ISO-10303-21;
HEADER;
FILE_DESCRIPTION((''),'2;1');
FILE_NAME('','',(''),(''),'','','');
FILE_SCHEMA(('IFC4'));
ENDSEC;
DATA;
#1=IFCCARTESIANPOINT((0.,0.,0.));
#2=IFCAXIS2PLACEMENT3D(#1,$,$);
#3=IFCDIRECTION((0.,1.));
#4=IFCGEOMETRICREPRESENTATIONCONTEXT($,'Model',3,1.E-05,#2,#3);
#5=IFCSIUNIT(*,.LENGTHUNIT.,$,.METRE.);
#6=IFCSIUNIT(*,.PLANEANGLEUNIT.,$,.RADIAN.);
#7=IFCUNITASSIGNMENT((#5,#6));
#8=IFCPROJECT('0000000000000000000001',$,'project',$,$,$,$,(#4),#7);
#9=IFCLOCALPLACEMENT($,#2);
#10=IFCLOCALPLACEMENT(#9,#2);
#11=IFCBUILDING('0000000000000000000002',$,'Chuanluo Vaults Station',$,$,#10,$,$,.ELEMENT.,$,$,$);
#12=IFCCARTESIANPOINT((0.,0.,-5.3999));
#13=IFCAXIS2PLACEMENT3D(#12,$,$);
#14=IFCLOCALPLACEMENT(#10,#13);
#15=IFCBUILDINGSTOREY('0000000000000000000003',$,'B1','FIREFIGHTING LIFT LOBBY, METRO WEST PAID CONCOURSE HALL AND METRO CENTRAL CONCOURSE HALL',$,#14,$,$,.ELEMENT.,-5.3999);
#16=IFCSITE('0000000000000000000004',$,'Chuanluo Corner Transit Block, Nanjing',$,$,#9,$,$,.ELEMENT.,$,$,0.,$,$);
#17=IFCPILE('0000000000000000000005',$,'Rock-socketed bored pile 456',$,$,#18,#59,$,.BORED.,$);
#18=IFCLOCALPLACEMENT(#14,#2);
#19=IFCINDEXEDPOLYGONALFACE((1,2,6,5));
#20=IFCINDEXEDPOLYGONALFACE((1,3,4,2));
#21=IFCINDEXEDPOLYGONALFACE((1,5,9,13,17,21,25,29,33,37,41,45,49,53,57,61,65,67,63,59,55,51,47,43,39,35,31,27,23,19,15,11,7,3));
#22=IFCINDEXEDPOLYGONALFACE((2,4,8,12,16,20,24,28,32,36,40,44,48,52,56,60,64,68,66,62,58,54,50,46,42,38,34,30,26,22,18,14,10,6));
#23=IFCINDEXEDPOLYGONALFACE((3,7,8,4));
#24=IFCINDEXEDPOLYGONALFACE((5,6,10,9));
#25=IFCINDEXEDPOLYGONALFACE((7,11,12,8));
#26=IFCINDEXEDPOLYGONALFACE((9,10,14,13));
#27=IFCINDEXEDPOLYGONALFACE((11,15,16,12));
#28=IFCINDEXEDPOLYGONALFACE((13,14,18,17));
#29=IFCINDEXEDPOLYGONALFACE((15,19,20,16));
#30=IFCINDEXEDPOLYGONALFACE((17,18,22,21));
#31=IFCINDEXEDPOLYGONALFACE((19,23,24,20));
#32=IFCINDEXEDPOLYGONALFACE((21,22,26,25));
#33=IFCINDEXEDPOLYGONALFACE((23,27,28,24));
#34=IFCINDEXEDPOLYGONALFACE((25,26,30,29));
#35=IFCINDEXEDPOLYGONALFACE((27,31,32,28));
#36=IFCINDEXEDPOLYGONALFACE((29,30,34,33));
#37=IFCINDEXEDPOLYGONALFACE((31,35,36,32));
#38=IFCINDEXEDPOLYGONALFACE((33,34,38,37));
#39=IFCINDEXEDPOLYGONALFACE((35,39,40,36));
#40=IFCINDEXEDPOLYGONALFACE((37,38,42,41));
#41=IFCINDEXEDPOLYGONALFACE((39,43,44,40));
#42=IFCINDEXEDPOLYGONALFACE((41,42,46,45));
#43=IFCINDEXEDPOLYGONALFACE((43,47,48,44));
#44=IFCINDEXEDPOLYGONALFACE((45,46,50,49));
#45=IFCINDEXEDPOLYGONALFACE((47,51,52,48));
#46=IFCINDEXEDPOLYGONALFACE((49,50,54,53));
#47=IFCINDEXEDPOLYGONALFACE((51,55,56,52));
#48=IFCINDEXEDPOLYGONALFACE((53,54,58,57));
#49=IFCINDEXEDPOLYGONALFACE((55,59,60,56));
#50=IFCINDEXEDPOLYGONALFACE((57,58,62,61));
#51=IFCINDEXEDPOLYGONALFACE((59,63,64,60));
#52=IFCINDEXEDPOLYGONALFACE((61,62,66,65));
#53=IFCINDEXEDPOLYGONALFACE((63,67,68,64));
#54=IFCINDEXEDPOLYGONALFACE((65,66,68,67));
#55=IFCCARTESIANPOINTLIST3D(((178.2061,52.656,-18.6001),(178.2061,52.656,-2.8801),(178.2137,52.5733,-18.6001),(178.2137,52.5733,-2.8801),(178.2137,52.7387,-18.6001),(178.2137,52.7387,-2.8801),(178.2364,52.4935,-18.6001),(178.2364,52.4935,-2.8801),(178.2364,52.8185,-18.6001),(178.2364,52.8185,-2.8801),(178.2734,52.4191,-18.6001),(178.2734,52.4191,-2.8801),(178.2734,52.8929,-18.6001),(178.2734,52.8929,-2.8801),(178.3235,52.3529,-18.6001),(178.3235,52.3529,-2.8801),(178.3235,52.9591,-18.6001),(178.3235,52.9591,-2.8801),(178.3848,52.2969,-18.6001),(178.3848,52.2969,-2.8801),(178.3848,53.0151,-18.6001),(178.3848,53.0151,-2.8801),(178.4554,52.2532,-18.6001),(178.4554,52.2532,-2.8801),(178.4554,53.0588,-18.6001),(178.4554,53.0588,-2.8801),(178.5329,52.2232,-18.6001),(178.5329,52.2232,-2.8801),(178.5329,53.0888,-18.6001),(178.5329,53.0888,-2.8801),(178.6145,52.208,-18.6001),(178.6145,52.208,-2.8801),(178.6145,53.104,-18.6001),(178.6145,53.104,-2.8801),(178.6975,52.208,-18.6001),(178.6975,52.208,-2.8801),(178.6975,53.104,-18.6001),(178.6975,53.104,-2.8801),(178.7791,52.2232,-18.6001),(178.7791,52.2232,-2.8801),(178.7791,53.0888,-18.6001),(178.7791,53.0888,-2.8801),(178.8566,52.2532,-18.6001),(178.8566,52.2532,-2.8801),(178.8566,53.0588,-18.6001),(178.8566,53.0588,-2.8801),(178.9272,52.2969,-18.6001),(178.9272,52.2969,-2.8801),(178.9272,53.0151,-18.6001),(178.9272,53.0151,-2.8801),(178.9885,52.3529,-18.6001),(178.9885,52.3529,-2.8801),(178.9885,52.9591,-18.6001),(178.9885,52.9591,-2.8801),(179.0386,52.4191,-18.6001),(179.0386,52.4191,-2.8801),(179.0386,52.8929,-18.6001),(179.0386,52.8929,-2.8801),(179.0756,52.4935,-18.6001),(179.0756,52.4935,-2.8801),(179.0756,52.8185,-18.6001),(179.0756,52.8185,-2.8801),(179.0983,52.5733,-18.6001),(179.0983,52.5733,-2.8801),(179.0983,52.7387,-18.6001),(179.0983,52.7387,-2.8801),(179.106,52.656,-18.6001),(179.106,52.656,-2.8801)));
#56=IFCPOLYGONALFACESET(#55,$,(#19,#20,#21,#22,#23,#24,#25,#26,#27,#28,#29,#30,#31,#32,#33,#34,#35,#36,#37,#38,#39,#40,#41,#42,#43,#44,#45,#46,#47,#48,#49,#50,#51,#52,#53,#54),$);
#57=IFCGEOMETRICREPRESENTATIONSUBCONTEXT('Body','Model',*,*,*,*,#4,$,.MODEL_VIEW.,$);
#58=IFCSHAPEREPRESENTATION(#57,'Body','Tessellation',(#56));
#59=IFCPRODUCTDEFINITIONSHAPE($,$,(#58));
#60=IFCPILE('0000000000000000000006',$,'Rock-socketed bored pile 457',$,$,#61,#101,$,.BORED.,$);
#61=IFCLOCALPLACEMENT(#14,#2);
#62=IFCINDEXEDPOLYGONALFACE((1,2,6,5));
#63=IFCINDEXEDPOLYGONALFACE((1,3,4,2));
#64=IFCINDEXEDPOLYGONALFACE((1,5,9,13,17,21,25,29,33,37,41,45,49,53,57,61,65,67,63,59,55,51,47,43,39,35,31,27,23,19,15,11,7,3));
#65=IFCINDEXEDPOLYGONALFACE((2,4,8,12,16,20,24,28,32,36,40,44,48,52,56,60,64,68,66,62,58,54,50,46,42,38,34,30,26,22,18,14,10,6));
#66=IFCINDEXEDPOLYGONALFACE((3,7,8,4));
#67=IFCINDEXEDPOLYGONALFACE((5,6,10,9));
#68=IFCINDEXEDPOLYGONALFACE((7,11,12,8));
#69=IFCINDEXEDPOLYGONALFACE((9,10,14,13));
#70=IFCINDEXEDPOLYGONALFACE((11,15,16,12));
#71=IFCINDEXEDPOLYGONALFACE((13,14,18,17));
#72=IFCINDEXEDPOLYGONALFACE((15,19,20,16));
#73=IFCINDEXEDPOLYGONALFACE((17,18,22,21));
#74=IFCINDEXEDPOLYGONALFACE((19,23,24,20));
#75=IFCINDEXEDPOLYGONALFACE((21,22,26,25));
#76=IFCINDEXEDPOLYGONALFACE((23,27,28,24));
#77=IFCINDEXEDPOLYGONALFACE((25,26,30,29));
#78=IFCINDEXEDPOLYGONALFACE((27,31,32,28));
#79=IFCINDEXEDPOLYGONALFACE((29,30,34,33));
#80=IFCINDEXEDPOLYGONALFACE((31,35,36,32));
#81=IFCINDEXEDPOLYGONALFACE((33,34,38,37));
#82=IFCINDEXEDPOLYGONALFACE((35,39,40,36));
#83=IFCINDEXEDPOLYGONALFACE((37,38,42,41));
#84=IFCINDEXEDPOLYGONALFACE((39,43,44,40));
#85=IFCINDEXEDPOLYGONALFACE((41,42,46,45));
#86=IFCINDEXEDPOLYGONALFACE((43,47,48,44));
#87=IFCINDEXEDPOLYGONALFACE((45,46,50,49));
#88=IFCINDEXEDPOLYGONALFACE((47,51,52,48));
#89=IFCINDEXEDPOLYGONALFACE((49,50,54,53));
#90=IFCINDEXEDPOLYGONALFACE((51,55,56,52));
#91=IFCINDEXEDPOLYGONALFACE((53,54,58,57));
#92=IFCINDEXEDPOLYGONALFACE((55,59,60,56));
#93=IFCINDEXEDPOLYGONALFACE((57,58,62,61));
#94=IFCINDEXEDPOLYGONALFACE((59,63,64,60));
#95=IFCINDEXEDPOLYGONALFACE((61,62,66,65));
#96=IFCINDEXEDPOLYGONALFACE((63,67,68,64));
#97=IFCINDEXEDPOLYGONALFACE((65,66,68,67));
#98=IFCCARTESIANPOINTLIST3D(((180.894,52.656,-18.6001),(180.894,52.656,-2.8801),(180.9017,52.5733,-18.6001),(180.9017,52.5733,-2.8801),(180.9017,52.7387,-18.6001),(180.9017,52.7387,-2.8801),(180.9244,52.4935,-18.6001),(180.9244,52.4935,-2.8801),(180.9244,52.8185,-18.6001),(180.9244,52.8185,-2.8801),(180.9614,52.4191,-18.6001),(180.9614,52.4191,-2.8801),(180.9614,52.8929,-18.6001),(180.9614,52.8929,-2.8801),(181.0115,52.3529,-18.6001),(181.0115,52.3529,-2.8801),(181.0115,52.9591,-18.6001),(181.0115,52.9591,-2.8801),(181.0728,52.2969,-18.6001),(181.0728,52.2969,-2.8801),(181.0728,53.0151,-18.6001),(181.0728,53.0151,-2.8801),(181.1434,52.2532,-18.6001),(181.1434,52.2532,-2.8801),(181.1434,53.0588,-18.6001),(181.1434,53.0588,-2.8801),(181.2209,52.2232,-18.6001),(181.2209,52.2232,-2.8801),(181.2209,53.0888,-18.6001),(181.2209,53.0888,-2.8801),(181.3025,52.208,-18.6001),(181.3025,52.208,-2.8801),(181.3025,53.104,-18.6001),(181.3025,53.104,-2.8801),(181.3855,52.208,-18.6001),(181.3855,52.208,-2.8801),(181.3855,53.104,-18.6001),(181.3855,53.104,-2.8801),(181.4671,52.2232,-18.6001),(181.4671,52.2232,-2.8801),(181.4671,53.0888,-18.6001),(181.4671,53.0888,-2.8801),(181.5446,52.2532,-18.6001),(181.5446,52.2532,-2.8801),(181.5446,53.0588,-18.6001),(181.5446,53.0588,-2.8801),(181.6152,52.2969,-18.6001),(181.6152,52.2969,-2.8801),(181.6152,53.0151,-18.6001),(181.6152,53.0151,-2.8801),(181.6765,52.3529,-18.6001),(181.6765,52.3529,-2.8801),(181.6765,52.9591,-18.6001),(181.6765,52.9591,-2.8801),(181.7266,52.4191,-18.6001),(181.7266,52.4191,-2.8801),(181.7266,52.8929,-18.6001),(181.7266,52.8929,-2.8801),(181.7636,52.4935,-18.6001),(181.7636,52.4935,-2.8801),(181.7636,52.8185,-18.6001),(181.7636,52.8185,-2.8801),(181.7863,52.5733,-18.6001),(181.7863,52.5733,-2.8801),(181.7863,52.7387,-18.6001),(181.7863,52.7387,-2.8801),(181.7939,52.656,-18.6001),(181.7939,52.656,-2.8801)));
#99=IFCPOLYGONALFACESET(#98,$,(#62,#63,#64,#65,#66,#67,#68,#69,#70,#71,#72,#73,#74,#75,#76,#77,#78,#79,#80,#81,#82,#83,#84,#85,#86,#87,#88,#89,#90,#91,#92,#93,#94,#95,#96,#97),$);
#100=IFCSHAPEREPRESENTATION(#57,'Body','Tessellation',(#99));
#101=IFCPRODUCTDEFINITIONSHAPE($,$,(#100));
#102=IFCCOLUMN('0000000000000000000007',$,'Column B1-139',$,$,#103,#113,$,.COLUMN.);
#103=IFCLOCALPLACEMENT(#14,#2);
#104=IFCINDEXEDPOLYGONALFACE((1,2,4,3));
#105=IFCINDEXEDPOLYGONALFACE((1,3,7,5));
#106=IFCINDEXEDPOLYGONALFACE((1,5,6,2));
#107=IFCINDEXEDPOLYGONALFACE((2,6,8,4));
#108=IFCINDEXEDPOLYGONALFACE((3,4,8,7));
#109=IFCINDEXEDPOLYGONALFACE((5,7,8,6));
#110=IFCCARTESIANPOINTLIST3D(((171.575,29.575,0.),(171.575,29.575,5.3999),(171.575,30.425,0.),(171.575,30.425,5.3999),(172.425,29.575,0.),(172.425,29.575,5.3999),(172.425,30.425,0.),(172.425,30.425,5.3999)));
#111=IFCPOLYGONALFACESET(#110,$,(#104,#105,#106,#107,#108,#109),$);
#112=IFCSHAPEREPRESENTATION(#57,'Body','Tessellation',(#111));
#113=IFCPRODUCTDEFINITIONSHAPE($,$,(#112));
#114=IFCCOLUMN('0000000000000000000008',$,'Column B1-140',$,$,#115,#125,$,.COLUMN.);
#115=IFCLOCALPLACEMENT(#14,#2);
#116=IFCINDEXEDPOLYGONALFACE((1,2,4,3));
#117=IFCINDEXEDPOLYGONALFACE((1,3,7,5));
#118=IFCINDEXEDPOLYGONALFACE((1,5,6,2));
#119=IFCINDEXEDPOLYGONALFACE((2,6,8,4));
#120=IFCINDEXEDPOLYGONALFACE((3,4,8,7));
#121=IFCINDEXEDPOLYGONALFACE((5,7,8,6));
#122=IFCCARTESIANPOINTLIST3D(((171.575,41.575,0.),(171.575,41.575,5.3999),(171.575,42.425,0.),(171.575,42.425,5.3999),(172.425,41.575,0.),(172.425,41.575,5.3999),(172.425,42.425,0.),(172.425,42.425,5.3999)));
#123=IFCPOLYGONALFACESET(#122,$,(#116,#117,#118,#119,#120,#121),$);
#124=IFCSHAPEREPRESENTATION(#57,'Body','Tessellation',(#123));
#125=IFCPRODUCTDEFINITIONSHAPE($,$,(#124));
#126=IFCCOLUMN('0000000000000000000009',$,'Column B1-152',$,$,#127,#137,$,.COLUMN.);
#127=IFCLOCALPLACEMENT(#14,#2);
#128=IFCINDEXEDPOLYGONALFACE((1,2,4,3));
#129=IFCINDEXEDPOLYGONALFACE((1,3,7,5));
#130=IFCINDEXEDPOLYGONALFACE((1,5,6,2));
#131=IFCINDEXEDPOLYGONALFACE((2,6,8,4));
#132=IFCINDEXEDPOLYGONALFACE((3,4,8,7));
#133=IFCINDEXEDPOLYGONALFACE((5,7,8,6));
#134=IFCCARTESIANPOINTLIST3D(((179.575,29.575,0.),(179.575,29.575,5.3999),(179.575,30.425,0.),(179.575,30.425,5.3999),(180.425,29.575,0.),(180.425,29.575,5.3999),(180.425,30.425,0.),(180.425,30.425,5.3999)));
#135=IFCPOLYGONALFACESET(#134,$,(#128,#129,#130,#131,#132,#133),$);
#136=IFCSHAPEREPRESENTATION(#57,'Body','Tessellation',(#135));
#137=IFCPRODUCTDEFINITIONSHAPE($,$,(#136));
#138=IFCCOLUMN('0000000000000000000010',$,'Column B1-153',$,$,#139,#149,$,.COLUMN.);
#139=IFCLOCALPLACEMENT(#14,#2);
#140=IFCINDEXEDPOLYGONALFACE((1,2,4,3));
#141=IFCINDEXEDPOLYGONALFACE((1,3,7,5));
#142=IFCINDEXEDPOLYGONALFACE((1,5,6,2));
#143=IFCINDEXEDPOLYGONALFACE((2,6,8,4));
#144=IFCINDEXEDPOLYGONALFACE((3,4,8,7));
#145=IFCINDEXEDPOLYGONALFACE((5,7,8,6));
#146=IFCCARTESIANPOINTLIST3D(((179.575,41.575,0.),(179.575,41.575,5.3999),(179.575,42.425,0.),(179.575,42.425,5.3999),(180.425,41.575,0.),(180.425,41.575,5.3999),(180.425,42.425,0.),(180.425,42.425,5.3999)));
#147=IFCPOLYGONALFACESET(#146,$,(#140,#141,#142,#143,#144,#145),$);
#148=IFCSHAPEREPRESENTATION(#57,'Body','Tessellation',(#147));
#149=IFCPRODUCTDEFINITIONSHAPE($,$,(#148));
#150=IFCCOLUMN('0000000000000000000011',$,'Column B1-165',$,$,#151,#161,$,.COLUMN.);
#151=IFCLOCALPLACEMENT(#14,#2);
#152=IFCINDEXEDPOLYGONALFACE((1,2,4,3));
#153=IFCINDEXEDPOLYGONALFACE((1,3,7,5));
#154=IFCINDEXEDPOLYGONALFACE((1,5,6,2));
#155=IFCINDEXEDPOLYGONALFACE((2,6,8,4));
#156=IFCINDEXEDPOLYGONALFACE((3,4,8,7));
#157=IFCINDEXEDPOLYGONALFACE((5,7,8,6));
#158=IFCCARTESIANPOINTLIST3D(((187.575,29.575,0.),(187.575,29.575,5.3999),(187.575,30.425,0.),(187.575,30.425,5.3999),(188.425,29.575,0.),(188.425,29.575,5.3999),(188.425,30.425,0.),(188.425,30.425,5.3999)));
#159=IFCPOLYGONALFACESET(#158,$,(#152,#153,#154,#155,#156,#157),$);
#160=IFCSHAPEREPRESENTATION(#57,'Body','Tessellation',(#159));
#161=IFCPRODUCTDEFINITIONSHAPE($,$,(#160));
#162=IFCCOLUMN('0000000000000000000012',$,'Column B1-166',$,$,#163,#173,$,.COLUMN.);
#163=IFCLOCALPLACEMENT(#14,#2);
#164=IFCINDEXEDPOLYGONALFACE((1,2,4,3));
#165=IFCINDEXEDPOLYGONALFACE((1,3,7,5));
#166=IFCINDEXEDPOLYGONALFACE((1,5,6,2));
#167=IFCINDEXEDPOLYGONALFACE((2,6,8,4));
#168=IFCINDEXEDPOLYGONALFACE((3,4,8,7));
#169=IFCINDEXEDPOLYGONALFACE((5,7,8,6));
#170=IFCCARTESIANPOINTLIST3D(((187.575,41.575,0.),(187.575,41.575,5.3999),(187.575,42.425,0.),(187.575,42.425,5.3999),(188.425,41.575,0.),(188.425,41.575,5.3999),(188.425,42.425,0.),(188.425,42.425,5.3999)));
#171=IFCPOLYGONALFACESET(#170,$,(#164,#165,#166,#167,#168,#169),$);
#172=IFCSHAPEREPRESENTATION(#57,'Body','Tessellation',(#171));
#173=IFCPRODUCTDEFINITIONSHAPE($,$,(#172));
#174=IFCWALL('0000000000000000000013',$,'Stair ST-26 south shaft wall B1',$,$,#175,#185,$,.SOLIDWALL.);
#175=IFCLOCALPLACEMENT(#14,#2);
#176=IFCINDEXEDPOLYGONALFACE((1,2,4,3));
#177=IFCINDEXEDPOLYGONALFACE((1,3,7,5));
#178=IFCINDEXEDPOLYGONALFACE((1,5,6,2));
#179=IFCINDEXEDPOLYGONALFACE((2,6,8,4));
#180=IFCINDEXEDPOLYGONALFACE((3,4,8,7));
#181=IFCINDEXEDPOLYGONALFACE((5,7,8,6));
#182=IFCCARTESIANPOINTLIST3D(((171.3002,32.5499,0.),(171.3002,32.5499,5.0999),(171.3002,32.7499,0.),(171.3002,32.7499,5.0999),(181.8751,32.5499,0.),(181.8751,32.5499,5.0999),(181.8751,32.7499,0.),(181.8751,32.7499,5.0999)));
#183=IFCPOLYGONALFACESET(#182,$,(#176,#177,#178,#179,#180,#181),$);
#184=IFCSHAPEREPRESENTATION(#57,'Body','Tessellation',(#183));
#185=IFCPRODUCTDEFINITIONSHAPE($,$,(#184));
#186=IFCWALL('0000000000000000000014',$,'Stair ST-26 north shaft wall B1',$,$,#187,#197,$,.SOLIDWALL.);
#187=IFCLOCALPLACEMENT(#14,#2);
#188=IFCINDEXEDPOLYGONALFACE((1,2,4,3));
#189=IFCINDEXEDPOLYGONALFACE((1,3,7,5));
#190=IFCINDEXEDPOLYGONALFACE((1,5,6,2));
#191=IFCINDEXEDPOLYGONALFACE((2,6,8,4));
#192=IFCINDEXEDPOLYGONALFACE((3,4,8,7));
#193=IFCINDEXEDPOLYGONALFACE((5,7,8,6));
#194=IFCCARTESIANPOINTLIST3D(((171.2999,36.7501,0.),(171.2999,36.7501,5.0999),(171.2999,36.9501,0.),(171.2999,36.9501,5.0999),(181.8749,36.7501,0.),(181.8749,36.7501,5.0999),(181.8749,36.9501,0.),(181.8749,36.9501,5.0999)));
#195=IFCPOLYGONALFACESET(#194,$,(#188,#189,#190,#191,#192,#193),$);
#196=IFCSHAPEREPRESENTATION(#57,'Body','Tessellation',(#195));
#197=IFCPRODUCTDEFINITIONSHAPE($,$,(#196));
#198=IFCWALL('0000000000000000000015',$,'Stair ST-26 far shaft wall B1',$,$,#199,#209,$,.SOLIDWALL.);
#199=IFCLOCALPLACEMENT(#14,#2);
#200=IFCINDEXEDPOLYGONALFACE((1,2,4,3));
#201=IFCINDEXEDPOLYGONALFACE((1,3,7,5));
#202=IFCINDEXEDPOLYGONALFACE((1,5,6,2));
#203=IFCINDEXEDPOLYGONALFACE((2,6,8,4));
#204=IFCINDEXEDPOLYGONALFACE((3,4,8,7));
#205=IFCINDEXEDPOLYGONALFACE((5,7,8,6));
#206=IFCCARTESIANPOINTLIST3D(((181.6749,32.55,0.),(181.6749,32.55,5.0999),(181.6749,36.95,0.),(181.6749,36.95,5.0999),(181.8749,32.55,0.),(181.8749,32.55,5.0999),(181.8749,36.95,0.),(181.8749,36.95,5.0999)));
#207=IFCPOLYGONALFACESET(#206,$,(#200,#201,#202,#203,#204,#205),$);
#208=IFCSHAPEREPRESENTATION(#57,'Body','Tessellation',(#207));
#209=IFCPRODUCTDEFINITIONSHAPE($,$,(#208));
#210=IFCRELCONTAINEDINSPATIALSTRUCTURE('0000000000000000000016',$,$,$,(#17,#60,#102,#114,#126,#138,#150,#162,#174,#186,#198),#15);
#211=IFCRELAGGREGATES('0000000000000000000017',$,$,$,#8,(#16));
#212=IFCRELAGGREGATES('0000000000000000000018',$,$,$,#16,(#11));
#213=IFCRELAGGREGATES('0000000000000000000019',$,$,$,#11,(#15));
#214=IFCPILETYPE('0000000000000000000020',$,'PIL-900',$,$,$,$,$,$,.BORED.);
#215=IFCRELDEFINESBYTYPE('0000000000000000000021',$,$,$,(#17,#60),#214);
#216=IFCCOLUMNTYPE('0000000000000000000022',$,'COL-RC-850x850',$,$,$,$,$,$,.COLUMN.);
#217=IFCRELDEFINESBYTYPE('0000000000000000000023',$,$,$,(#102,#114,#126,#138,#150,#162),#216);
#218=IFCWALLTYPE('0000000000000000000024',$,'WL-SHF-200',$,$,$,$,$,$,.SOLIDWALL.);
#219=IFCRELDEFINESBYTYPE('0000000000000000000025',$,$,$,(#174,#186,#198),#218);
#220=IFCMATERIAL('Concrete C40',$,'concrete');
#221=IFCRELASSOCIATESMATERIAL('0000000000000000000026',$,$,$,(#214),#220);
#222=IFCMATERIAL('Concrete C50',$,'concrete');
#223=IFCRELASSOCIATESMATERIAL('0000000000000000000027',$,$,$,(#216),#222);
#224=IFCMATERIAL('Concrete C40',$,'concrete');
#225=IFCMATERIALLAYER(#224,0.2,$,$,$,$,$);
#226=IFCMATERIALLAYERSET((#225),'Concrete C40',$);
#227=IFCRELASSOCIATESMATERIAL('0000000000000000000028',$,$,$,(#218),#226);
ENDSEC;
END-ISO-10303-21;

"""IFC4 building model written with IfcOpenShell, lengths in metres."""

from ifc_helpers import new_model, si_unit, direction, frame, frame_2d, origin, origin_2d, place, context, subcontext, project, spatial, rectangle, circle, extrude, material, layer, layer_set, material_profile, profile_set, type_object, element, save


model = new_model("IFC4")

# Units and contexts
model_context = context("Model", 3, precision=1e-05, world=origin(), true_north=direction((0.0, 1.0)))
body_context = subcontext(model_context, "Body", "Model", "MODEL_VIEW")
ifc_project = project(units=[si_unit("LENGTHUNIT", "METRE"), si_unit("PLANEANGLEUNIT", "RADIAN")], contexts=[model_context])

# Site, building, storey
site_placement = place(None, origin())
site = spatial("IfcSite", under=ifc_project, at=site_placement, Name="Chuanluo Corner Transit Block, Nanjing", CompositionType="ELEMENT", RefElevation=0.0)
building_placement = place(site_placement, origin())
building = spatial("IfcBuilding", under=site, at=building_placement, Name="Chuanluo Vaults Station", CompositionType="ELEMENT")
storey_placement = place(building_placement, frame((0.0, 0.0, -5.3999)))
storey = spatial("IfcBuildingStorey", under=building, at=storey_placement, Name="B1", Description="FIREFIGHTING LIFT LOBBY, METRO WEST PAID CONCOURSE HALL AND METRO CENTRAL CONCOURSE HALL", CompositionType="ELEMENT", Elevation=-5.3999)

# Piles
ifc_material_1 = material(Name="Concrete C40", Category="concrete")
ifc_material_profile_1 = material_profile(ifc_material_1, circle(Radius=0.45, at=origin_2d()))
ifc_profile_set_1 = profile_set([ifc_material_profile_1], Name="Concrete C40")
pile_type_1 = type_object("IfcPileType", Name="PIL-900", PredefinedType="BORED", material=ifc_profile_set_1)
for number, where, z_axis, x_axis, name in (
    (1, (178.656, 52.656, -2.8801), (0.0, 0.0, -1.0), (1.0, 0.0, 0.0), "Rock-socketed bored pile 456"),
    (2, (181.344, 52.656, -2.8801), (0.0, 0.0, -1.0), (1.0, 0.0, 0.0), "Rock-socketed bored pile 457"),
):
    element("IfcPile", number, at=place(storey_placement, frame(where, z_axis=z_axis, x_axis=x_axis)), inside=storey, type_object=pile_type_1, Name=name, PredefinedType="BORED", context=body_context, shape_type="SweptSolid", body=[
        extrude(circle(Radius=0.45, at=origin_2d()), origin(), (0.0, 0.0, 1.0), 15.72),
    ])

# Columns
ifc_material_2 = material(Name="Concrete C50", Category="concrete")
ifc_material_profile_2 = material_profile(ifc_material_2, rectangle(XDim=0.8501, YDim=0.8501, at=origin_2d()))
ifc_profile_set_2 = profile_set([ifc_material_profile_2], Name="Concrete C50")
column_type = type_object("IfcColumnType", Name="COL-RC-850x850", PredefinedType="COLUMN", material=ifc_profile_set_2)
for number, where, z_axis, x_axis, name in (
    (3, (172.0, 30.0, 0.0), (0.0, 0.0, 1.0), (1.0, 0.0, 0.0), "Column B1-139"),
    (4, (172.0, 42.0, 0.0), (0.0, 0.0, 1.0), (1.0, 0.0, 0.0), "Column B1-140"),
    (5, (180.0, 30.0, 0.0), (0.0, 0.0, 1.0), (1.0, 0.0, 0.0), "Column B1-152"),
    (6, (180.0, 42.0, 0.0), (0.0, 0.0, 1.0), (1.0, 0.0, 0.0), "Column B1-153"),
    (7, (188.0, 30.0, 0.0), (0.0, 0.0, 1.0), (1.0, 0.0, 0.0), "Column B1-165"),
    (8, (188.0, 42.0, 0.0), (0.0, 0.0, 1.0), (1.0, 0.0, 0.0), "Column B1-166"),
):
    element("IfcColumn", number, at=place(storey_placement, frame(where, z_axis=z_axis, x_axis=x_axis)), inside=storey, type_object=column_type, Name=name, PredefinedType="COLUMN", context=body_context, shape_type="SweptSolid", body=[
        extrude(rectangle(XDim=0.8501, YDim=0.8501, at=origin_2d()), origin(), (0.0, 0.0, 1.0), 5.3999),
    ])

# Walls
ifc_material_3 = material(Name="Concrete C40", Category="concrete")
ifc_layer = layer(ifc_material_3, 0.2)
ifc_layer_set = layer_set([ifc_layer], Name="Concrete C40")
wall_type = type_object("IfcWallType", Name="WL-SHF-200", PredefinedType="SOLIDWALL", material=ifc_layer_set)
for number, where, z_axis, x_axis, name in (
    (9, (171.3, 32.6499, 0.0), (0.0, 0.0, 1.0), (1.0, 0.0, 0.0), "Stair ST-26 south shaft wall B1"),
    (10, (181.875, 36.8501, 0.0), (0.0, 0.0, 1.0), (-1.0, 0.0, 0.0), "Stair ST-26 north shaft wall B1"),
):
    element("IfcWall", number, at=place(storey_placement, frame(where, z_axis=z_axis, x_axis=x_axis)), inside=storey, type_object=wall_type, Name=name, PredefinedType="SOLIDWALL", context=body_context, shape_type="SweptSolid", body=[
        extrude(rectangle(XDim=10.575, YDim=0.2, at=frame_2d((5.2876, 0.0))), origin(), (0.0, 0.0, 1.0), 5.0999),
    ])
wall_placement = place(storey_placement, frame((181.7749, 32.55, 0.0), z_axis=(0.0, 0.0, 1.0), x_axis=(0.0, 1.0, 0.0)))
element("IfcWall", 11, at=wall_placement, inside=storey, type_object=wall_type, Name="Stair ST-26 far shaft wall B1", PredefinedType="SOLIDWALL", context=body_context, shape_type="SweptSolid", body=[
    extrude(rectangle(XDim=4.3999, YDim=0.2, at=frame_2d((2.2, 0.0))), origin(), (0.0, 0.0, 1.0), 5.0999),
])

save(model, "model.ifc")
